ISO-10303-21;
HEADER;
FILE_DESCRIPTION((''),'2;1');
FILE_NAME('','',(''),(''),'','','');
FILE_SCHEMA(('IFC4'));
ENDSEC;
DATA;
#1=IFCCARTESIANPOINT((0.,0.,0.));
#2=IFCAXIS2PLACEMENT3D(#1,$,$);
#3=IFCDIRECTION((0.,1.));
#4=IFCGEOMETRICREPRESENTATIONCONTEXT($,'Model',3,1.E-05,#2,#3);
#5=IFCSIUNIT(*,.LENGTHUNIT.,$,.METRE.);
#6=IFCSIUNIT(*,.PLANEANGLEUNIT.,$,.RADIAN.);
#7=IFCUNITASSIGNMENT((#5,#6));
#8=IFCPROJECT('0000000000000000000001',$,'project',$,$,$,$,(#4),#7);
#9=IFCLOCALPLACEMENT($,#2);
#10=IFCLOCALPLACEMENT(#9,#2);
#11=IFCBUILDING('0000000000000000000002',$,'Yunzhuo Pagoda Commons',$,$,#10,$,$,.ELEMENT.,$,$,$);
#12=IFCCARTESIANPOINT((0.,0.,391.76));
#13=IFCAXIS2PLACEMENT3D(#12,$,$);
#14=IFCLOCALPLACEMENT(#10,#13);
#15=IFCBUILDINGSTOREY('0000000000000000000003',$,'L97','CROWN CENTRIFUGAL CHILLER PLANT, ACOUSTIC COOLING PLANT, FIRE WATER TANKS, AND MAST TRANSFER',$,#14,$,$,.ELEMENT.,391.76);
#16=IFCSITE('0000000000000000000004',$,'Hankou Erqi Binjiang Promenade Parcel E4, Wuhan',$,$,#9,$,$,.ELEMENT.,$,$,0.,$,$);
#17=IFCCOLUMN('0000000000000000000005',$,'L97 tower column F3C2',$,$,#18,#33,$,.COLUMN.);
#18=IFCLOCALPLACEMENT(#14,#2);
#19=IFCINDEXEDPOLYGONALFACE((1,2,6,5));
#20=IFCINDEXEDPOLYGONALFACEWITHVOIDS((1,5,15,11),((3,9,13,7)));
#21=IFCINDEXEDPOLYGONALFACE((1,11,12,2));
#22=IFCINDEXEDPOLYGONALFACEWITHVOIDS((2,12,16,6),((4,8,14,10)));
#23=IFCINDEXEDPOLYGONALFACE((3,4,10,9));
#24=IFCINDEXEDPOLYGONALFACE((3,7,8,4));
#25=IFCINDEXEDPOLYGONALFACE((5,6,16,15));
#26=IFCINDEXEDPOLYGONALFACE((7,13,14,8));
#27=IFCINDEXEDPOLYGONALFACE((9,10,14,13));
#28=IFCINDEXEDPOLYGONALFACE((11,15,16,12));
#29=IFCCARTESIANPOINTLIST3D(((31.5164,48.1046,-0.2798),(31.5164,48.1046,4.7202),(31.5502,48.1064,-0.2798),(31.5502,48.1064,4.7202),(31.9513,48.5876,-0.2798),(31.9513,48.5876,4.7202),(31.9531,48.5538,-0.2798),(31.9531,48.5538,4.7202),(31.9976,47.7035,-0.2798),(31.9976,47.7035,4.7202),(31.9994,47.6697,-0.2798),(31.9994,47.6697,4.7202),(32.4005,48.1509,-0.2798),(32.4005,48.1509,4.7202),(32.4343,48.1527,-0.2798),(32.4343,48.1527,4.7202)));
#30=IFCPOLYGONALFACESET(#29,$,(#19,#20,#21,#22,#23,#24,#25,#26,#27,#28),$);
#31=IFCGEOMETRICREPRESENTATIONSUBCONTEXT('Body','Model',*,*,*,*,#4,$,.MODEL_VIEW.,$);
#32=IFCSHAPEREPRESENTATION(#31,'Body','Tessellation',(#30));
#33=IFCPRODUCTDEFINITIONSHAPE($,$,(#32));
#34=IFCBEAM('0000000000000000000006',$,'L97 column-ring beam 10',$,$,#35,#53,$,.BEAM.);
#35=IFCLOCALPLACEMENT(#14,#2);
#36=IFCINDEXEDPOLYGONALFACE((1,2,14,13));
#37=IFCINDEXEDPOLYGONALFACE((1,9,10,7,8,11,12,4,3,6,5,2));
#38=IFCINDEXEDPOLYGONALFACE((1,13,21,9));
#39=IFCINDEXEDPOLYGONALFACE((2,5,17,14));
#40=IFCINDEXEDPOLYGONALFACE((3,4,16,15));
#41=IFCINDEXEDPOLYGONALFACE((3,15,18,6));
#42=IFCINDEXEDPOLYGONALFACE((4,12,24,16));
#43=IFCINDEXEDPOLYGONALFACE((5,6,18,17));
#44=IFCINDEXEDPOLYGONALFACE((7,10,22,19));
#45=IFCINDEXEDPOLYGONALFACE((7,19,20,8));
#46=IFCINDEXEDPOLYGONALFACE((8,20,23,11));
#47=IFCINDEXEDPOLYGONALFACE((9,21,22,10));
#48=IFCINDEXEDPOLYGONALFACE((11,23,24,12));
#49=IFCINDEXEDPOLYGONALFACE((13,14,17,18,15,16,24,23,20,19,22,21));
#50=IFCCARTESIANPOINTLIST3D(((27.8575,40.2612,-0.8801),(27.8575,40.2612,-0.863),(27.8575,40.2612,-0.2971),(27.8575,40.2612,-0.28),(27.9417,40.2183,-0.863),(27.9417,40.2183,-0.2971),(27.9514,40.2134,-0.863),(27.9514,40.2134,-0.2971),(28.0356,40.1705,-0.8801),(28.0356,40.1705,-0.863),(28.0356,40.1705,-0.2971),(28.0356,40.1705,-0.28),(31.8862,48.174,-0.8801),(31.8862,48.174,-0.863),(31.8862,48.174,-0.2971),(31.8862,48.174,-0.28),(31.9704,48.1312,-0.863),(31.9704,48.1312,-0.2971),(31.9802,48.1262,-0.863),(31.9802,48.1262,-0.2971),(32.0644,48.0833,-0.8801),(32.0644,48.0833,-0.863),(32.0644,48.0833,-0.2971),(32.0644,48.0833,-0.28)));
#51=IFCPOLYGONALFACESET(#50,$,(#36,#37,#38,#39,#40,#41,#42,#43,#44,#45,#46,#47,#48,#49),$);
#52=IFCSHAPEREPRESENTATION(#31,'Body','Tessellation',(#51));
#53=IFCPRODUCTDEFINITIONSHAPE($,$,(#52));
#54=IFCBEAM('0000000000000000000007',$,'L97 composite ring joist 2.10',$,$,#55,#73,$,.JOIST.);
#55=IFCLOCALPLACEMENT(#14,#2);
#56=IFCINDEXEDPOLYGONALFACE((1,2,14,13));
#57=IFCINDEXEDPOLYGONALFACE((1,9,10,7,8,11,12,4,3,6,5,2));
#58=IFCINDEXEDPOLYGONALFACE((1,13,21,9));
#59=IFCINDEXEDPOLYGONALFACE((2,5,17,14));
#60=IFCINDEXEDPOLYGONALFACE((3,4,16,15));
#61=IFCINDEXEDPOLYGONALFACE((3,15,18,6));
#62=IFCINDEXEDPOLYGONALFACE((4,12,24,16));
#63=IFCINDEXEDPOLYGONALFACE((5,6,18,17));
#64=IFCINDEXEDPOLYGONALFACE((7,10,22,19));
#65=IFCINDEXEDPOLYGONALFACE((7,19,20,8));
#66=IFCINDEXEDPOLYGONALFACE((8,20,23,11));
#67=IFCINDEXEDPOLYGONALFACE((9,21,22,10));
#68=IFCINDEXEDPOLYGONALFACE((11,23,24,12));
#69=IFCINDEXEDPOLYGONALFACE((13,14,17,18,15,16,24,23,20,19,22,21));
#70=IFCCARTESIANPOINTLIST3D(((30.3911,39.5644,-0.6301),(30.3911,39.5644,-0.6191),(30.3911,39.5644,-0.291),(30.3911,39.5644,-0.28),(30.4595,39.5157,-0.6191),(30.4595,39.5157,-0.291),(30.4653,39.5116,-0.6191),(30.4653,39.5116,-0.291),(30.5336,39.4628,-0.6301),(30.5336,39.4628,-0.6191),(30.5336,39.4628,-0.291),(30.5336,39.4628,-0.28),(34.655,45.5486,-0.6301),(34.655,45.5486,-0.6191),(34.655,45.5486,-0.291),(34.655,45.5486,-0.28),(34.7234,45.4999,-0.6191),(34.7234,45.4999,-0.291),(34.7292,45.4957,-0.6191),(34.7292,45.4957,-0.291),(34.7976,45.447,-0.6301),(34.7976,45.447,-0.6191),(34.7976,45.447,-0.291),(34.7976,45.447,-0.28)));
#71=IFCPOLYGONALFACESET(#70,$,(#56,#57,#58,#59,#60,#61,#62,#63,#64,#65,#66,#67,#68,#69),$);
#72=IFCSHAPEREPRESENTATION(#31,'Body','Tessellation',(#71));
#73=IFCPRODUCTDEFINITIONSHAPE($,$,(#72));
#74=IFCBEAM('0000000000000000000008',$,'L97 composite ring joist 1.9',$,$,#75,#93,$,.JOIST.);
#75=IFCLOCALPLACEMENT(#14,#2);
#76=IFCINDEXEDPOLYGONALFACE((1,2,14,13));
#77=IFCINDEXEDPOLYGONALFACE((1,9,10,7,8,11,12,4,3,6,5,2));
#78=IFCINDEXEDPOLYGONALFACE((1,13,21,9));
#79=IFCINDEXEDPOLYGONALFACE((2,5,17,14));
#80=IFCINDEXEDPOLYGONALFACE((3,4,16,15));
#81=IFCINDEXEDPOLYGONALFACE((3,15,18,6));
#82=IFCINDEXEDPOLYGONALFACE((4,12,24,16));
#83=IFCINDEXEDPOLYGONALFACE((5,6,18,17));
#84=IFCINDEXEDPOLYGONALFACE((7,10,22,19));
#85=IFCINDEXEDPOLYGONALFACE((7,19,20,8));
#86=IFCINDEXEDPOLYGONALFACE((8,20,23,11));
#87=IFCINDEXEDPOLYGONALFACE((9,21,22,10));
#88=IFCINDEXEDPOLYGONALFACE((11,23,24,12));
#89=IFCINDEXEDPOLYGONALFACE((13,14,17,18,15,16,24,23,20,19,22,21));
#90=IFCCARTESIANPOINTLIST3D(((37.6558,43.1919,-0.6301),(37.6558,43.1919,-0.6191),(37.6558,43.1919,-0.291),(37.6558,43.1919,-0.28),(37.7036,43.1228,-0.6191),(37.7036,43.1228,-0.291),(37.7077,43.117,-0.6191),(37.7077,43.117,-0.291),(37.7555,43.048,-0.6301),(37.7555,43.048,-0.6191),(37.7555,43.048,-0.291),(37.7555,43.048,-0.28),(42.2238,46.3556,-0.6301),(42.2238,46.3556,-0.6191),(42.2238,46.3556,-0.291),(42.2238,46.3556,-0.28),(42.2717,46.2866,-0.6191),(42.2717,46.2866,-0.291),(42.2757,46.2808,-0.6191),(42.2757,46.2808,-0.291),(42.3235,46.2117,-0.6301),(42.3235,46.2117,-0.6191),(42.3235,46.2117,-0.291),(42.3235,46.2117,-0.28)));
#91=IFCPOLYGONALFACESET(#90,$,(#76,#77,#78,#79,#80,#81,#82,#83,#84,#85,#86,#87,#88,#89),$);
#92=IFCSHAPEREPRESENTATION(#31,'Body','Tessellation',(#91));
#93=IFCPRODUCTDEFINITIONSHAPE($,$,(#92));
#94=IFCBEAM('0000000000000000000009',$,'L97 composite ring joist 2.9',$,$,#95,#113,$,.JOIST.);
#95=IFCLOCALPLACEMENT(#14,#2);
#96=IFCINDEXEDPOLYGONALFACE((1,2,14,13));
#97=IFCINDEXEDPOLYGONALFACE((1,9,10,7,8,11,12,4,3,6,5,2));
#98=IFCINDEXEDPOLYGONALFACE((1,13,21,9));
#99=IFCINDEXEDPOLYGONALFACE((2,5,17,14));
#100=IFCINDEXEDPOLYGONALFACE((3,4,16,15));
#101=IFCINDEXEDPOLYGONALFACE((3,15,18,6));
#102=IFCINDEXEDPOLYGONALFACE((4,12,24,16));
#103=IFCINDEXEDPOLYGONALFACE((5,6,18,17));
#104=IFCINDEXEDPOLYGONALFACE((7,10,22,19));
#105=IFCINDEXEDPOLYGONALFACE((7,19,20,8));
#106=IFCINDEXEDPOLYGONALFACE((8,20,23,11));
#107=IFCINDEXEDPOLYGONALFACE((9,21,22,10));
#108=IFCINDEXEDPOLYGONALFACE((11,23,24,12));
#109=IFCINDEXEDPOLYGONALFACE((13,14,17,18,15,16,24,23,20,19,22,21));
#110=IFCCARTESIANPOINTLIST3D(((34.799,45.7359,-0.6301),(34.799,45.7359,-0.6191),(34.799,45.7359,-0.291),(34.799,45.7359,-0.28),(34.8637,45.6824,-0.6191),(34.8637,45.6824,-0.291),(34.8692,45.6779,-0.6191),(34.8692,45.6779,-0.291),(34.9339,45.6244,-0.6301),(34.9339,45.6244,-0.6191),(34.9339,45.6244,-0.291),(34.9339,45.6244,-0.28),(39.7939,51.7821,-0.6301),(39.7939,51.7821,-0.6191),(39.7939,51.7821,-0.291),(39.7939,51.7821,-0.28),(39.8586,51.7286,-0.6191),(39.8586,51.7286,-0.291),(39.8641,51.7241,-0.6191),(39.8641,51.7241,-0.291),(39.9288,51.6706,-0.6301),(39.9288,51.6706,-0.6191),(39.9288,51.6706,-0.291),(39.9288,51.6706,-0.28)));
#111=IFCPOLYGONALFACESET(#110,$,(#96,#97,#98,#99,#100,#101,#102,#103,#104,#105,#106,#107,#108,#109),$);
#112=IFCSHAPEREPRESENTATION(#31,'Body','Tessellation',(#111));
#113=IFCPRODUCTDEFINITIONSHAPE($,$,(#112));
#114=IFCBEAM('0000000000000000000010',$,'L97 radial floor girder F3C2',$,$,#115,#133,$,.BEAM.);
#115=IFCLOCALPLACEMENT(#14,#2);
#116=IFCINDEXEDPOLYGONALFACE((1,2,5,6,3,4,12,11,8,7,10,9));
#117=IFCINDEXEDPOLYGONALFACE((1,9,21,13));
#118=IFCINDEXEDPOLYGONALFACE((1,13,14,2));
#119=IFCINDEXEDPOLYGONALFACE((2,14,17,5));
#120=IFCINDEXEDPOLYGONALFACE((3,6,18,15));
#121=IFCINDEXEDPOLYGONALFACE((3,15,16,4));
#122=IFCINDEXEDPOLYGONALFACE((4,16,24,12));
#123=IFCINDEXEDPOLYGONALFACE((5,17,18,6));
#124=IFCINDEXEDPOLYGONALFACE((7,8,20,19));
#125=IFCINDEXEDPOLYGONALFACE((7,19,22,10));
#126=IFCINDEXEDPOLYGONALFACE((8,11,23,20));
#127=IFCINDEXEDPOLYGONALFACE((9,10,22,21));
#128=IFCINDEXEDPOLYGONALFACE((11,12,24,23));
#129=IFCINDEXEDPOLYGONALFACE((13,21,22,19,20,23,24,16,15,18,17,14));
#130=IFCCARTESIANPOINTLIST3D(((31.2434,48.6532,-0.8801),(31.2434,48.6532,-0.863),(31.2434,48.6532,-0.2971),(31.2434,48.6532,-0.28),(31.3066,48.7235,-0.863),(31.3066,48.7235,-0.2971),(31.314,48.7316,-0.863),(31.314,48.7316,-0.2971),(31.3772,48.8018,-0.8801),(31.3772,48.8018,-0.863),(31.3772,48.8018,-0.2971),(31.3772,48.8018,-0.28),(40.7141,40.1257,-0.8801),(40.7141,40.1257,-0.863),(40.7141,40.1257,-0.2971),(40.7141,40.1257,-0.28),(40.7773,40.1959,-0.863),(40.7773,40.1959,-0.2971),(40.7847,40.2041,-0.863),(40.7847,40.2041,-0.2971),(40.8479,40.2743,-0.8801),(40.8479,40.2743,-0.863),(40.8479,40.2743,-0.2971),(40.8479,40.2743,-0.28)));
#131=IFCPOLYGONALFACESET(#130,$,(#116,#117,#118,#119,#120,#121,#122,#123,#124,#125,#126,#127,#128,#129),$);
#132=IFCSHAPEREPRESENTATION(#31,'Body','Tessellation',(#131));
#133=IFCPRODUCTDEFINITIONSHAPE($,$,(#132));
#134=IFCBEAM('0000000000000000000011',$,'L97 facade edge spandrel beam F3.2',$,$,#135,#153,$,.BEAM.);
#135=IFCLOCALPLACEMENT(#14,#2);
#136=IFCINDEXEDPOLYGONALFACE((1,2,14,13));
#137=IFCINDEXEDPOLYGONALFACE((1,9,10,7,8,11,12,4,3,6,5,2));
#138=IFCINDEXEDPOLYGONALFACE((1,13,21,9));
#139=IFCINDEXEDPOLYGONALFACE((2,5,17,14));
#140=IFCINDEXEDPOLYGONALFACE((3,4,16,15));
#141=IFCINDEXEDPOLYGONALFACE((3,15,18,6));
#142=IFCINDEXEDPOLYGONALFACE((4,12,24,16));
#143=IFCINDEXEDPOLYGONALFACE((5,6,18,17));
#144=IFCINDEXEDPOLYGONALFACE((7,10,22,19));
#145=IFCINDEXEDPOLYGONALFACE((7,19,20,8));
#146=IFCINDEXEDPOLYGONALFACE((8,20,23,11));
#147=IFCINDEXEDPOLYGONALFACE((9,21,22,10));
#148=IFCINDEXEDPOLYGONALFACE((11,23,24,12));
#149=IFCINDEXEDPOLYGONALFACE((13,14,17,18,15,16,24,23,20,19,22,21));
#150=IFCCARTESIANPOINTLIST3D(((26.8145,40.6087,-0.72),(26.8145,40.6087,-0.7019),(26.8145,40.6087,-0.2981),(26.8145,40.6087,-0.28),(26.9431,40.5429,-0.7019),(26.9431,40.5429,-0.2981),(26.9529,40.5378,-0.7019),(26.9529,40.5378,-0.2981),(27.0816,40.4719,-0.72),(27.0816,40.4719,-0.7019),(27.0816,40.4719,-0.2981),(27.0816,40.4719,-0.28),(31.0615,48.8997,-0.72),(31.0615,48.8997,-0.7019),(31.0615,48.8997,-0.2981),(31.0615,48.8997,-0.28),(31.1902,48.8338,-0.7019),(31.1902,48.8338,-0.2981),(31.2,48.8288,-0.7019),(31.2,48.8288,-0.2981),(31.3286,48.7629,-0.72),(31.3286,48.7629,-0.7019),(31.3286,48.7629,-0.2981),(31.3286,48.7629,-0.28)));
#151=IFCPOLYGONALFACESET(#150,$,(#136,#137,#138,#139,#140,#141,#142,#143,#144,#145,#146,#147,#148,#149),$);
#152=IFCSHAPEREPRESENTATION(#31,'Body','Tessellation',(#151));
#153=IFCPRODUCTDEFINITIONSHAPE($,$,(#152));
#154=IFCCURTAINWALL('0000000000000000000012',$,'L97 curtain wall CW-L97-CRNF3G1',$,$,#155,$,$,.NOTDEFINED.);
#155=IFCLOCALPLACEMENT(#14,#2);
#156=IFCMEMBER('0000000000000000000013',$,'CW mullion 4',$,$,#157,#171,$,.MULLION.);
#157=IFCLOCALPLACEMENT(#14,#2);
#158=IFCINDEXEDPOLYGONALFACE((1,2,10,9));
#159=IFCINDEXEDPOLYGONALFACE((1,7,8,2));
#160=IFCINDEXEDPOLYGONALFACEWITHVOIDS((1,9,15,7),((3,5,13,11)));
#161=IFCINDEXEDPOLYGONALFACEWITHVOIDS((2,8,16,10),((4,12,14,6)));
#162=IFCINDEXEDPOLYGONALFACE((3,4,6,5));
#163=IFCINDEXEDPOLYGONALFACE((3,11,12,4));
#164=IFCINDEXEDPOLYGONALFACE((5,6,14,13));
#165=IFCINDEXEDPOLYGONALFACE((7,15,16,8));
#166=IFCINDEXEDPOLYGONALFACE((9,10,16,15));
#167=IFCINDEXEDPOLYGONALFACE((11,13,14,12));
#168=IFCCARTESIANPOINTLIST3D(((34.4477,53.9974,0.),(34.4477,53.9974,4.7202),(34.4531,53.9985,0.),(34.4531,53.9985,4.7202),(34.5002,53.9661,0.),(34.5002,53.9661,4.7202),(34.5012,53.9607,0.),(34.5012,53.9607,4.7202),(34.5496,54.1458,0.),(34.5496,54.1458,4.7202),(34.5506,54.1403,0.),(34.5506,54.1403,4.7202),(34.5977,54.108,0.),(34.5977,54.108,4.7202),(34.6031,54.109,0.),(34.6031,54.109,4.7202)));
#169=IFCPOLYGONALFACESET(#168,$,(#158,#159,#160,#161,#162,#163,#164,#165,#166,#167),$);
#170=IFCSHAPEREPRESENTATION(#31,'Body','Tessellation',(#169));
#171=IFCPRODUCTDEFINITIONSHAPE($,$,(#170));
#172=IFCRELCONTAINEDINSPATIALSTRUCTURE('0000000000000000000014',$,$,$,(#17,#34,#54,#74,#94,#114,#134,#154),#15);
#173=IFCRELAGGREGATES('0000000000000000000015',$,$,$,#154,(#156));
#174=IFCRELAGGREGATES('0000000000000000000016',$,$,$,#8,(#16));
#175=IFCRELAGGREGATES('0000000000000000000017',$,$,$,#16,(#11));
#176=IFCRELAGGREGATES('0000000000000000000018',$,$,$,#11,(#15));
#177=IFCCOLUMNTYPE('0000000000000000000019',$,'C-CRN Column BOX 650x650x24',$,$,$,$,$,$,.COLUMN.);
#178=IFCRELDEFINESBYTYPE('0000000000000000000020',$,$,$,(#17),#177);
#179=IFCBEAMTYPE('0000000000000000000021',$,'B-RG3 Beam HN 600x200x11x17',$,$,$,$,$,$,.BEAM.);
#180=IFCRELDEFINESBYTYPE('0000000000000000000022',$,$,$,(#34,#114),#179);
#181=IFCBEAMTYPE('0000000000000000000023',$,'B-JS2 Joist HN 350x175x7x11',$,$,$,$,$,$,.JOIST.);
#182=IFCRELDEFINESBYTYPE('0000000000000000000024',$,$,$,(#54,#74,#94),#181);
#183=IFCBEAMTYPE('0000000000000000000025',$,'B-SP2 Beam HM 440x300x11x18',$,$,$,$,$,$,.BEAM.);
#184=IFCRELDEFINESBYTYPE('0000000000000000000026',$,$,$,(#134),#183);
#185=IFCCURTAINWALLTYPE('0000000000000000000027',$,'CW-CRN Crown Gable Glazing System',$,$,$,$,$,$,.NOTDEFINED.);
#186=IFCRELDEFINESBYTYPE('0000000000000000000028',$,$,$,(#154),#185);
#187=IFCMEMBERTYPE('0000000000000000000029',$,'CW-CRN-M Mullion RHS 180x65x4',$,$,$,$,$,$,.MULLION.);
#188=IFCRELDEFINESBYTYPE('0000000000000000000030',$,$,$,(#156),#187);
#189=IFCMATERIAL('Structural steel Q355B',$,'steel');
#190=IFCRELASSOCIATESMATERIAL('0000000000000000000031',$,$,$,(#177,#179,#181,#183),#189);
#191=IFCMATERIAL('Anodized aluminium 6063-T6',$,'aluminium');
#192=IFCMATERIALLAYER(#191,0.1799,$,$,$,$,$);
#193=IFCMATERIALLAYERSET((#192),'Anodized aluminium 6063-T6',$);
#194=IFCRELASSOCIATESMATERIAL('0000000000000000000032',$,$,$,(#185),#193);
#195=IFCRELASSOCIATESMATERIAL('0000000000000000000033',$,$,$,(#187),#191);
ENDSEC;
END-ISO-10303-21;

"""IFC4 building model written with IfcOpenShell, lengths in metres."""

from ifc_helpers import new_model, si_unit, direction, frame, origin, origin_2d, place, context, subcontext, project, spatial, hollow_rectangle, i_section, extrude, source, transform, mapped, material, layer, layer_set, material_profile, profile_set, type_object, element, aggregate, save


model = new_model("IFC4")

# Units and contexts
model_context = context("Model", 3, precision=1e-05, world=origin(), true_north=direction((0.0, 1.0)))
body_context = subcontext(model_context, "Body", "Model", "MODEL_VIEW")
ifc_project = project(units=[si_unit("LENGTHUNIT", "METRE"), si_unit("PLANEANGLEUNIT", "RADIAN")], contexts=[model_context])

# Site, building, storey
site_placement = place(None, origin())
site = spatial("IfcSite", under=ifc_project, at=site_placement, Name="Hankou Erqi Binjiang Promenade Parcel E4, Wuhan", CompositionType="ELEMENT", RefElevation=0.0)
building_placement = place(site_placement, origin())
building = spatial("IfcBuilding", under=site, at=building_placement, Name="Yunzhuo Pagoda Commons", CompositionType="ELEMENT")
storey_placement = place(building_placement, frame((0.0, 0.0, 391.76)))
storey = spatial("IfcBuildingStorey", under=building, at=storey_placement, Name="L97", Description="CROWN CENTRIFUGAL CHILLER PLANT, ACOUSTIC COOLING PLANT, FIRE WATER TANKS, AND MAST TRANSFER", CompositionType="ELEMENT", Elevation=391.76)

# Column
ifc_material_1 = material(Name="Structural steel Q355B", Category="steel")
ifc_material_profile_1 = material_profile(ifc_material_1, hollow_rectangle(XDim=0.6499, YDim=0.6499, WallThickness=0.0239, at=origin_2d()), Name="Structural steel Q355B")
ifc_profile_set_1 = profile_set([ifc_material_profile_1], Name="Structural steel Q355B")
column_type = type_object("IfcColumnType", Name="C-CRN Column BOX 650x650x24", PredefinedType="COLUMN", material=ifc_profile_set_1)
shared_shape_1 = source(origin(), body_context, "Body", "SweptSolid", [
    extrude(hollow_rectangle(XDim=0.6499, YDim=0.6499, WallThickness=0.0239, at=origin_2d()), origin(), (0.0, 0.0, 1.0), 5.0),
])
column_placement = place(storey_placement, frame((31.9753, 48.1287, -0.2798), z_axis=(0.0, 0.0, 1.0), x_axis=(-0.669131, -0.743145, 0.0)))
element("IfcColumn", 1, at=column_placement, inside=storey, type_object=column_type, Name="L97 tower column F3C2", PredefinedType="COLUMN", context=body_context, shape_type="MappedRepresentation", body=[
    mapped(shared_shape_1, transform((0.0, 0.0, 0.0), scale=1.0)),
])

# Beams
ifc_material_profile_2 = material_profile(ifc_material_1, i_section(OverallWidth=0.2, OverallDepth=0.6001, WebThickness=0.011, FlangeThickness=0.0171, at=origin_2d()), Name="Structural steel Q355B")
ifc_profile_set_2 = profile_set([ifc_material_profile_2], Name="Structural steel Q355B")
beam_type_1 = type_object("IfcBeamType", Name="B-RG3 Beam HN 600x200x11x17", PredefinedType="BEAM", material=ifc_profile_set_2)
shared_shape_2 = source(origin(), body_context, "Body", "SweptSolid", [
    extrude(i_section(OverallWidth=0.2, OverallDepth=0.6001, WebThickness=0.011, FlangeThickness=0.0171, at=origin_2d()), origin(), (0.0, 0.0, 1.0), 8.8794),
])
beam_1_placement = place(storey_placement, frame((31.9753, 48.1287, -0.5801), z_axis=(-0.453724, -0.891142, 0.0), x_axis=(0.891142, -0.453724, 0.0)))
element("IfcBeam", 2, at=beam_1_placement, inside=storey, type_object=beam_type_1, Name="L97 column-ring beam 10", PredefinedType="BEAM", context=body_context, shape_type="MappedRepresentation", body=[
    mapped(shared_shape_2, transform((0.0, 0.0, 0.0), scale=1.0)),
])
ifc_material_profile_3 = material_profile(ifc_material_1, i_section(OverallWidth=0.175, OverallDepth=0.3501, WebThickness=0.0071, FlangeThickness=0.011, at=origin_2d()), Name="Structural steel Q355B")
ifc_profile_set_3 = profile_set([ifc_material_profile_3], Name="Structural steel Q355B")
beam_type_2 = type_object("IfcBeamType", Name="B-JS2 Joist HN 350x175x7x11", PredefinedType="JOIST", material=ifc_profile_set_3)
shared_shape_3 = source(origin(), body_context, "Body", "SweptSolid", [
    extrude(i_section(OverallWidth=0.175, OverallDepth=0.3501, WebThickness=0.0071, FlangeThickness=0.011, at=origin_2d()), origin(), (0.0, 0.0, 1.0), 7.3479),
])
beam_2_placement = place(storey_placement, frame((34.7263, 45.4978, -0.4551), z_axis=(-0.580295, -0.814406, 0.0), x_axis=(0.814406, -0.580295, 0.0)))
element("IfcBeam", 3, at=beam_2_placement, inside=storey, type_object=beam_type_2, Name="L97 composite ring joist 2.10", PredefinedType="JOIST", context=body_context, shape_type="MappedRepresentation", body=[
    mapped(shared_shape_3, transform((0.0, 0.0, 0.0), scale=1.0)),
])
shared_shape_4 = source(origin(), body_context, "Body", "SweptSolid", [
    extrude(i_section(OverallWidth=0.175, OverallDepth=0.3501, WebThickness=0.0071, FlangeThickness=0.011, at=origin_2d()), origin(), (0.0, 0.0, 1.0), 5.5566),
])
beam_3_placement = place(storey_placement, frame((42.2737, 46.2837, -0.4551), z_axis=(-0.822085, -0.569365, 0.0), x_axis=(0.569365, -0.822085, 0.0)))
element("IfcBeam", 4, at=beam_3_placement, inside=storey, type_object=beam_type_2, Name="L97 composite ring joist 1.9", PredefinedType="JOIST", context=body_context, shape_type="MappedRepresentation", body=[
    mapped(shared_shape_4, transform((0.0, 0.0, 0.0), scale=1.0)),
])
shared_shape_5 = source(origin(), body_context, "Body", "SweptSolid", [
    extrude(i_section(OverallWidth=0.175, OverallDepth=0.3501, WebThickness=0.0071, FlangeThickness=0.011, at=origin_2d()), origin(), (0.0, 0.0, 1.0), 7.8425),
])
beam_4_placement = place(storey_placement, frame((39.8613, 51.7263, -0.4551), z_axis=(-0.636899, -0.770947, 0.0), x_axis=(0.770947, -0.636899, 0.0)))
element("IfcBeam", 5, at=beam_4_placement, inside=storey, type_object=beam_type_2, Name="L97 composite ring joist 2.9", PredefinedType="JOIST", context=body_context, shape_type="MappedRepresentation", body=[
    mapped(shared_shape_5, transform((0.0, 0.0, 0.0), scale=1.0)),
])
shared_shape_6 = source(origin(), body_context, "Body", "SweptSolid", [
    extrude(i_section(OverallWidth=0.2, OverallDepth=0.6001, WebThickness=0.011, FlangeThickness=0.0171, at=origin_2d()), origin(), (0.0, 0.0, 1.0), 12.7441),
])
beam_5_placement = place(storey_placement, frame((31.3103, 48.7275, -0.5801), z_axis=(0.74314, -0.669136, 0.0), x_axis=(0.669136, 0.74314, 0.0)))
element("IfcBeam", 6, at=beam_5_placement, inside=storey, type_object=beam_type_1, Name="L97 radial floor girder F3C2", PredefinedType="BEAM", context=body_context, shape_type="MappedRepresentation", body=[
    mapped(shared_shape_6, transform((0.0, 0.0, 0.0), scale=1.0)),
])
ifc_material_profile_4 = material_profile(ifc_material_1, i_section(OverallWidth=0.3, OverallDepth=0.4399, WebThickness=0.011, FlangeThickness=0.0181, at=origin_2d()), Name="Structural steel Q355B")
ifc_profile_set_4 = profile_set([ifc_material_profile_4], Name="Structural steel Q355B")
beam_type_3 = type_object("IfcBeamType", Name="B-SP2 Beam HM 440x300x11x18", PredefinedType="BEAM", material=ifc_profile_set_4)
shared_shape_7 = source(origin(), body_context, "Body", "SweptSolid", [
    extrude(i_section(OverallWidth=0.3, OverallDepth=0.4399, WebThickness=0.011, FlangeThickness=0.0181, at=origin_2d()), origin(), (0.0, 0.0, 1.0), 9.3154),
])
beam_6_placement = place(storey_placement, frame((31.1951, 48.8313, -0.5), z_axis=(-0.455914, -0.890024, 0.0), x_axis=(0.890024, -0.455914, 0.0)))
element("IfcBeam", 7, at=beam_6_placement, inside=storey, type_object=beam_type_3, Name="L97 facade edge spandrel beam F3.2", PredefinedType="BEAM", context=body_context, shape_type="MappedRepresentation", body=[
    mapped(shared_shape_7, transform((0.0, 0.0, 0.0), scale=1.0)),
])

# Curtain wall, member
ifc_material_2 = material(Name="Anodized aluminium 6063-T6", Category="aluminium")
ifc_layer_1 = layer(ifc_material_2, 0.1799)
ifc_layer_set_1 = layer_set([ifc_layer_1], Name="Anodized aluminium 6063-T6")
curtain_wall_type = type_object("IfcCurtainWallType", Name="CW-CRN Crown Gable Glazing System", PredefinedType="NOTDEFINED", material=ifc_layer_set_1)
curtain_wall_1_placement = place(storey_placement, origin())
curtain_wall_1 = element("IfcCurtainWall", 8, at=curtain_wall_1_placement, inside=storey, type_object=curtain_wall_type, Name="L97 curtain wall CW-L97-CRNF3G1", PredefinedType="NOTDEFINED")
ifc_material_profile_5 = material_profile(ifc_material_2, hollow_rectangle(XDim=0.0649, YDim=0.1799, WallThickness=0.0039, at=origin_2d()), Name="Anodized aluminium 6063-T6")
ifc_profile_set_5 = profile_set([ifc_material_profile_5], Name="Anodized aluminium 6063-T6")
member_type_1 = type_object("IfcMemberType", Name="CW-CRN-M Mullion RHS 180x65x4", PredefinedType="MULLION", material=ifc_profile_set_5)
shared_shape_8 = source(origin(), body_context, "Body", "SweptSolid", [
    extrude(hollow_rectangle(XDim=0.0649, YDim=0.1799, WallThickness=0.0039, at=origin_2d()), origin(), (0.0, 0.0, 1.0), 4.7202),
])
member_1_placement = place(storey_placement, frame((34.5254, 54.0532, 0.0), z_axis=(0.0, 0.0, 1.0), x_axis=(0.824296, -0.566159, 0.0)))
member_1 = element("IfcMember", 9, at=member_1_placement, type_object=member_type_1, Name="CW mullion 4", PredefinedType="MULLION", context=body_context, shape_type="MappedRepresentation", body=[
    mapped(shared_shape_8, transform((0.0, 0.0, 0.0), scale=1.0)),
])

aggregate(curtain_wall_1, [member_1])

save(model, "model.ifc")
